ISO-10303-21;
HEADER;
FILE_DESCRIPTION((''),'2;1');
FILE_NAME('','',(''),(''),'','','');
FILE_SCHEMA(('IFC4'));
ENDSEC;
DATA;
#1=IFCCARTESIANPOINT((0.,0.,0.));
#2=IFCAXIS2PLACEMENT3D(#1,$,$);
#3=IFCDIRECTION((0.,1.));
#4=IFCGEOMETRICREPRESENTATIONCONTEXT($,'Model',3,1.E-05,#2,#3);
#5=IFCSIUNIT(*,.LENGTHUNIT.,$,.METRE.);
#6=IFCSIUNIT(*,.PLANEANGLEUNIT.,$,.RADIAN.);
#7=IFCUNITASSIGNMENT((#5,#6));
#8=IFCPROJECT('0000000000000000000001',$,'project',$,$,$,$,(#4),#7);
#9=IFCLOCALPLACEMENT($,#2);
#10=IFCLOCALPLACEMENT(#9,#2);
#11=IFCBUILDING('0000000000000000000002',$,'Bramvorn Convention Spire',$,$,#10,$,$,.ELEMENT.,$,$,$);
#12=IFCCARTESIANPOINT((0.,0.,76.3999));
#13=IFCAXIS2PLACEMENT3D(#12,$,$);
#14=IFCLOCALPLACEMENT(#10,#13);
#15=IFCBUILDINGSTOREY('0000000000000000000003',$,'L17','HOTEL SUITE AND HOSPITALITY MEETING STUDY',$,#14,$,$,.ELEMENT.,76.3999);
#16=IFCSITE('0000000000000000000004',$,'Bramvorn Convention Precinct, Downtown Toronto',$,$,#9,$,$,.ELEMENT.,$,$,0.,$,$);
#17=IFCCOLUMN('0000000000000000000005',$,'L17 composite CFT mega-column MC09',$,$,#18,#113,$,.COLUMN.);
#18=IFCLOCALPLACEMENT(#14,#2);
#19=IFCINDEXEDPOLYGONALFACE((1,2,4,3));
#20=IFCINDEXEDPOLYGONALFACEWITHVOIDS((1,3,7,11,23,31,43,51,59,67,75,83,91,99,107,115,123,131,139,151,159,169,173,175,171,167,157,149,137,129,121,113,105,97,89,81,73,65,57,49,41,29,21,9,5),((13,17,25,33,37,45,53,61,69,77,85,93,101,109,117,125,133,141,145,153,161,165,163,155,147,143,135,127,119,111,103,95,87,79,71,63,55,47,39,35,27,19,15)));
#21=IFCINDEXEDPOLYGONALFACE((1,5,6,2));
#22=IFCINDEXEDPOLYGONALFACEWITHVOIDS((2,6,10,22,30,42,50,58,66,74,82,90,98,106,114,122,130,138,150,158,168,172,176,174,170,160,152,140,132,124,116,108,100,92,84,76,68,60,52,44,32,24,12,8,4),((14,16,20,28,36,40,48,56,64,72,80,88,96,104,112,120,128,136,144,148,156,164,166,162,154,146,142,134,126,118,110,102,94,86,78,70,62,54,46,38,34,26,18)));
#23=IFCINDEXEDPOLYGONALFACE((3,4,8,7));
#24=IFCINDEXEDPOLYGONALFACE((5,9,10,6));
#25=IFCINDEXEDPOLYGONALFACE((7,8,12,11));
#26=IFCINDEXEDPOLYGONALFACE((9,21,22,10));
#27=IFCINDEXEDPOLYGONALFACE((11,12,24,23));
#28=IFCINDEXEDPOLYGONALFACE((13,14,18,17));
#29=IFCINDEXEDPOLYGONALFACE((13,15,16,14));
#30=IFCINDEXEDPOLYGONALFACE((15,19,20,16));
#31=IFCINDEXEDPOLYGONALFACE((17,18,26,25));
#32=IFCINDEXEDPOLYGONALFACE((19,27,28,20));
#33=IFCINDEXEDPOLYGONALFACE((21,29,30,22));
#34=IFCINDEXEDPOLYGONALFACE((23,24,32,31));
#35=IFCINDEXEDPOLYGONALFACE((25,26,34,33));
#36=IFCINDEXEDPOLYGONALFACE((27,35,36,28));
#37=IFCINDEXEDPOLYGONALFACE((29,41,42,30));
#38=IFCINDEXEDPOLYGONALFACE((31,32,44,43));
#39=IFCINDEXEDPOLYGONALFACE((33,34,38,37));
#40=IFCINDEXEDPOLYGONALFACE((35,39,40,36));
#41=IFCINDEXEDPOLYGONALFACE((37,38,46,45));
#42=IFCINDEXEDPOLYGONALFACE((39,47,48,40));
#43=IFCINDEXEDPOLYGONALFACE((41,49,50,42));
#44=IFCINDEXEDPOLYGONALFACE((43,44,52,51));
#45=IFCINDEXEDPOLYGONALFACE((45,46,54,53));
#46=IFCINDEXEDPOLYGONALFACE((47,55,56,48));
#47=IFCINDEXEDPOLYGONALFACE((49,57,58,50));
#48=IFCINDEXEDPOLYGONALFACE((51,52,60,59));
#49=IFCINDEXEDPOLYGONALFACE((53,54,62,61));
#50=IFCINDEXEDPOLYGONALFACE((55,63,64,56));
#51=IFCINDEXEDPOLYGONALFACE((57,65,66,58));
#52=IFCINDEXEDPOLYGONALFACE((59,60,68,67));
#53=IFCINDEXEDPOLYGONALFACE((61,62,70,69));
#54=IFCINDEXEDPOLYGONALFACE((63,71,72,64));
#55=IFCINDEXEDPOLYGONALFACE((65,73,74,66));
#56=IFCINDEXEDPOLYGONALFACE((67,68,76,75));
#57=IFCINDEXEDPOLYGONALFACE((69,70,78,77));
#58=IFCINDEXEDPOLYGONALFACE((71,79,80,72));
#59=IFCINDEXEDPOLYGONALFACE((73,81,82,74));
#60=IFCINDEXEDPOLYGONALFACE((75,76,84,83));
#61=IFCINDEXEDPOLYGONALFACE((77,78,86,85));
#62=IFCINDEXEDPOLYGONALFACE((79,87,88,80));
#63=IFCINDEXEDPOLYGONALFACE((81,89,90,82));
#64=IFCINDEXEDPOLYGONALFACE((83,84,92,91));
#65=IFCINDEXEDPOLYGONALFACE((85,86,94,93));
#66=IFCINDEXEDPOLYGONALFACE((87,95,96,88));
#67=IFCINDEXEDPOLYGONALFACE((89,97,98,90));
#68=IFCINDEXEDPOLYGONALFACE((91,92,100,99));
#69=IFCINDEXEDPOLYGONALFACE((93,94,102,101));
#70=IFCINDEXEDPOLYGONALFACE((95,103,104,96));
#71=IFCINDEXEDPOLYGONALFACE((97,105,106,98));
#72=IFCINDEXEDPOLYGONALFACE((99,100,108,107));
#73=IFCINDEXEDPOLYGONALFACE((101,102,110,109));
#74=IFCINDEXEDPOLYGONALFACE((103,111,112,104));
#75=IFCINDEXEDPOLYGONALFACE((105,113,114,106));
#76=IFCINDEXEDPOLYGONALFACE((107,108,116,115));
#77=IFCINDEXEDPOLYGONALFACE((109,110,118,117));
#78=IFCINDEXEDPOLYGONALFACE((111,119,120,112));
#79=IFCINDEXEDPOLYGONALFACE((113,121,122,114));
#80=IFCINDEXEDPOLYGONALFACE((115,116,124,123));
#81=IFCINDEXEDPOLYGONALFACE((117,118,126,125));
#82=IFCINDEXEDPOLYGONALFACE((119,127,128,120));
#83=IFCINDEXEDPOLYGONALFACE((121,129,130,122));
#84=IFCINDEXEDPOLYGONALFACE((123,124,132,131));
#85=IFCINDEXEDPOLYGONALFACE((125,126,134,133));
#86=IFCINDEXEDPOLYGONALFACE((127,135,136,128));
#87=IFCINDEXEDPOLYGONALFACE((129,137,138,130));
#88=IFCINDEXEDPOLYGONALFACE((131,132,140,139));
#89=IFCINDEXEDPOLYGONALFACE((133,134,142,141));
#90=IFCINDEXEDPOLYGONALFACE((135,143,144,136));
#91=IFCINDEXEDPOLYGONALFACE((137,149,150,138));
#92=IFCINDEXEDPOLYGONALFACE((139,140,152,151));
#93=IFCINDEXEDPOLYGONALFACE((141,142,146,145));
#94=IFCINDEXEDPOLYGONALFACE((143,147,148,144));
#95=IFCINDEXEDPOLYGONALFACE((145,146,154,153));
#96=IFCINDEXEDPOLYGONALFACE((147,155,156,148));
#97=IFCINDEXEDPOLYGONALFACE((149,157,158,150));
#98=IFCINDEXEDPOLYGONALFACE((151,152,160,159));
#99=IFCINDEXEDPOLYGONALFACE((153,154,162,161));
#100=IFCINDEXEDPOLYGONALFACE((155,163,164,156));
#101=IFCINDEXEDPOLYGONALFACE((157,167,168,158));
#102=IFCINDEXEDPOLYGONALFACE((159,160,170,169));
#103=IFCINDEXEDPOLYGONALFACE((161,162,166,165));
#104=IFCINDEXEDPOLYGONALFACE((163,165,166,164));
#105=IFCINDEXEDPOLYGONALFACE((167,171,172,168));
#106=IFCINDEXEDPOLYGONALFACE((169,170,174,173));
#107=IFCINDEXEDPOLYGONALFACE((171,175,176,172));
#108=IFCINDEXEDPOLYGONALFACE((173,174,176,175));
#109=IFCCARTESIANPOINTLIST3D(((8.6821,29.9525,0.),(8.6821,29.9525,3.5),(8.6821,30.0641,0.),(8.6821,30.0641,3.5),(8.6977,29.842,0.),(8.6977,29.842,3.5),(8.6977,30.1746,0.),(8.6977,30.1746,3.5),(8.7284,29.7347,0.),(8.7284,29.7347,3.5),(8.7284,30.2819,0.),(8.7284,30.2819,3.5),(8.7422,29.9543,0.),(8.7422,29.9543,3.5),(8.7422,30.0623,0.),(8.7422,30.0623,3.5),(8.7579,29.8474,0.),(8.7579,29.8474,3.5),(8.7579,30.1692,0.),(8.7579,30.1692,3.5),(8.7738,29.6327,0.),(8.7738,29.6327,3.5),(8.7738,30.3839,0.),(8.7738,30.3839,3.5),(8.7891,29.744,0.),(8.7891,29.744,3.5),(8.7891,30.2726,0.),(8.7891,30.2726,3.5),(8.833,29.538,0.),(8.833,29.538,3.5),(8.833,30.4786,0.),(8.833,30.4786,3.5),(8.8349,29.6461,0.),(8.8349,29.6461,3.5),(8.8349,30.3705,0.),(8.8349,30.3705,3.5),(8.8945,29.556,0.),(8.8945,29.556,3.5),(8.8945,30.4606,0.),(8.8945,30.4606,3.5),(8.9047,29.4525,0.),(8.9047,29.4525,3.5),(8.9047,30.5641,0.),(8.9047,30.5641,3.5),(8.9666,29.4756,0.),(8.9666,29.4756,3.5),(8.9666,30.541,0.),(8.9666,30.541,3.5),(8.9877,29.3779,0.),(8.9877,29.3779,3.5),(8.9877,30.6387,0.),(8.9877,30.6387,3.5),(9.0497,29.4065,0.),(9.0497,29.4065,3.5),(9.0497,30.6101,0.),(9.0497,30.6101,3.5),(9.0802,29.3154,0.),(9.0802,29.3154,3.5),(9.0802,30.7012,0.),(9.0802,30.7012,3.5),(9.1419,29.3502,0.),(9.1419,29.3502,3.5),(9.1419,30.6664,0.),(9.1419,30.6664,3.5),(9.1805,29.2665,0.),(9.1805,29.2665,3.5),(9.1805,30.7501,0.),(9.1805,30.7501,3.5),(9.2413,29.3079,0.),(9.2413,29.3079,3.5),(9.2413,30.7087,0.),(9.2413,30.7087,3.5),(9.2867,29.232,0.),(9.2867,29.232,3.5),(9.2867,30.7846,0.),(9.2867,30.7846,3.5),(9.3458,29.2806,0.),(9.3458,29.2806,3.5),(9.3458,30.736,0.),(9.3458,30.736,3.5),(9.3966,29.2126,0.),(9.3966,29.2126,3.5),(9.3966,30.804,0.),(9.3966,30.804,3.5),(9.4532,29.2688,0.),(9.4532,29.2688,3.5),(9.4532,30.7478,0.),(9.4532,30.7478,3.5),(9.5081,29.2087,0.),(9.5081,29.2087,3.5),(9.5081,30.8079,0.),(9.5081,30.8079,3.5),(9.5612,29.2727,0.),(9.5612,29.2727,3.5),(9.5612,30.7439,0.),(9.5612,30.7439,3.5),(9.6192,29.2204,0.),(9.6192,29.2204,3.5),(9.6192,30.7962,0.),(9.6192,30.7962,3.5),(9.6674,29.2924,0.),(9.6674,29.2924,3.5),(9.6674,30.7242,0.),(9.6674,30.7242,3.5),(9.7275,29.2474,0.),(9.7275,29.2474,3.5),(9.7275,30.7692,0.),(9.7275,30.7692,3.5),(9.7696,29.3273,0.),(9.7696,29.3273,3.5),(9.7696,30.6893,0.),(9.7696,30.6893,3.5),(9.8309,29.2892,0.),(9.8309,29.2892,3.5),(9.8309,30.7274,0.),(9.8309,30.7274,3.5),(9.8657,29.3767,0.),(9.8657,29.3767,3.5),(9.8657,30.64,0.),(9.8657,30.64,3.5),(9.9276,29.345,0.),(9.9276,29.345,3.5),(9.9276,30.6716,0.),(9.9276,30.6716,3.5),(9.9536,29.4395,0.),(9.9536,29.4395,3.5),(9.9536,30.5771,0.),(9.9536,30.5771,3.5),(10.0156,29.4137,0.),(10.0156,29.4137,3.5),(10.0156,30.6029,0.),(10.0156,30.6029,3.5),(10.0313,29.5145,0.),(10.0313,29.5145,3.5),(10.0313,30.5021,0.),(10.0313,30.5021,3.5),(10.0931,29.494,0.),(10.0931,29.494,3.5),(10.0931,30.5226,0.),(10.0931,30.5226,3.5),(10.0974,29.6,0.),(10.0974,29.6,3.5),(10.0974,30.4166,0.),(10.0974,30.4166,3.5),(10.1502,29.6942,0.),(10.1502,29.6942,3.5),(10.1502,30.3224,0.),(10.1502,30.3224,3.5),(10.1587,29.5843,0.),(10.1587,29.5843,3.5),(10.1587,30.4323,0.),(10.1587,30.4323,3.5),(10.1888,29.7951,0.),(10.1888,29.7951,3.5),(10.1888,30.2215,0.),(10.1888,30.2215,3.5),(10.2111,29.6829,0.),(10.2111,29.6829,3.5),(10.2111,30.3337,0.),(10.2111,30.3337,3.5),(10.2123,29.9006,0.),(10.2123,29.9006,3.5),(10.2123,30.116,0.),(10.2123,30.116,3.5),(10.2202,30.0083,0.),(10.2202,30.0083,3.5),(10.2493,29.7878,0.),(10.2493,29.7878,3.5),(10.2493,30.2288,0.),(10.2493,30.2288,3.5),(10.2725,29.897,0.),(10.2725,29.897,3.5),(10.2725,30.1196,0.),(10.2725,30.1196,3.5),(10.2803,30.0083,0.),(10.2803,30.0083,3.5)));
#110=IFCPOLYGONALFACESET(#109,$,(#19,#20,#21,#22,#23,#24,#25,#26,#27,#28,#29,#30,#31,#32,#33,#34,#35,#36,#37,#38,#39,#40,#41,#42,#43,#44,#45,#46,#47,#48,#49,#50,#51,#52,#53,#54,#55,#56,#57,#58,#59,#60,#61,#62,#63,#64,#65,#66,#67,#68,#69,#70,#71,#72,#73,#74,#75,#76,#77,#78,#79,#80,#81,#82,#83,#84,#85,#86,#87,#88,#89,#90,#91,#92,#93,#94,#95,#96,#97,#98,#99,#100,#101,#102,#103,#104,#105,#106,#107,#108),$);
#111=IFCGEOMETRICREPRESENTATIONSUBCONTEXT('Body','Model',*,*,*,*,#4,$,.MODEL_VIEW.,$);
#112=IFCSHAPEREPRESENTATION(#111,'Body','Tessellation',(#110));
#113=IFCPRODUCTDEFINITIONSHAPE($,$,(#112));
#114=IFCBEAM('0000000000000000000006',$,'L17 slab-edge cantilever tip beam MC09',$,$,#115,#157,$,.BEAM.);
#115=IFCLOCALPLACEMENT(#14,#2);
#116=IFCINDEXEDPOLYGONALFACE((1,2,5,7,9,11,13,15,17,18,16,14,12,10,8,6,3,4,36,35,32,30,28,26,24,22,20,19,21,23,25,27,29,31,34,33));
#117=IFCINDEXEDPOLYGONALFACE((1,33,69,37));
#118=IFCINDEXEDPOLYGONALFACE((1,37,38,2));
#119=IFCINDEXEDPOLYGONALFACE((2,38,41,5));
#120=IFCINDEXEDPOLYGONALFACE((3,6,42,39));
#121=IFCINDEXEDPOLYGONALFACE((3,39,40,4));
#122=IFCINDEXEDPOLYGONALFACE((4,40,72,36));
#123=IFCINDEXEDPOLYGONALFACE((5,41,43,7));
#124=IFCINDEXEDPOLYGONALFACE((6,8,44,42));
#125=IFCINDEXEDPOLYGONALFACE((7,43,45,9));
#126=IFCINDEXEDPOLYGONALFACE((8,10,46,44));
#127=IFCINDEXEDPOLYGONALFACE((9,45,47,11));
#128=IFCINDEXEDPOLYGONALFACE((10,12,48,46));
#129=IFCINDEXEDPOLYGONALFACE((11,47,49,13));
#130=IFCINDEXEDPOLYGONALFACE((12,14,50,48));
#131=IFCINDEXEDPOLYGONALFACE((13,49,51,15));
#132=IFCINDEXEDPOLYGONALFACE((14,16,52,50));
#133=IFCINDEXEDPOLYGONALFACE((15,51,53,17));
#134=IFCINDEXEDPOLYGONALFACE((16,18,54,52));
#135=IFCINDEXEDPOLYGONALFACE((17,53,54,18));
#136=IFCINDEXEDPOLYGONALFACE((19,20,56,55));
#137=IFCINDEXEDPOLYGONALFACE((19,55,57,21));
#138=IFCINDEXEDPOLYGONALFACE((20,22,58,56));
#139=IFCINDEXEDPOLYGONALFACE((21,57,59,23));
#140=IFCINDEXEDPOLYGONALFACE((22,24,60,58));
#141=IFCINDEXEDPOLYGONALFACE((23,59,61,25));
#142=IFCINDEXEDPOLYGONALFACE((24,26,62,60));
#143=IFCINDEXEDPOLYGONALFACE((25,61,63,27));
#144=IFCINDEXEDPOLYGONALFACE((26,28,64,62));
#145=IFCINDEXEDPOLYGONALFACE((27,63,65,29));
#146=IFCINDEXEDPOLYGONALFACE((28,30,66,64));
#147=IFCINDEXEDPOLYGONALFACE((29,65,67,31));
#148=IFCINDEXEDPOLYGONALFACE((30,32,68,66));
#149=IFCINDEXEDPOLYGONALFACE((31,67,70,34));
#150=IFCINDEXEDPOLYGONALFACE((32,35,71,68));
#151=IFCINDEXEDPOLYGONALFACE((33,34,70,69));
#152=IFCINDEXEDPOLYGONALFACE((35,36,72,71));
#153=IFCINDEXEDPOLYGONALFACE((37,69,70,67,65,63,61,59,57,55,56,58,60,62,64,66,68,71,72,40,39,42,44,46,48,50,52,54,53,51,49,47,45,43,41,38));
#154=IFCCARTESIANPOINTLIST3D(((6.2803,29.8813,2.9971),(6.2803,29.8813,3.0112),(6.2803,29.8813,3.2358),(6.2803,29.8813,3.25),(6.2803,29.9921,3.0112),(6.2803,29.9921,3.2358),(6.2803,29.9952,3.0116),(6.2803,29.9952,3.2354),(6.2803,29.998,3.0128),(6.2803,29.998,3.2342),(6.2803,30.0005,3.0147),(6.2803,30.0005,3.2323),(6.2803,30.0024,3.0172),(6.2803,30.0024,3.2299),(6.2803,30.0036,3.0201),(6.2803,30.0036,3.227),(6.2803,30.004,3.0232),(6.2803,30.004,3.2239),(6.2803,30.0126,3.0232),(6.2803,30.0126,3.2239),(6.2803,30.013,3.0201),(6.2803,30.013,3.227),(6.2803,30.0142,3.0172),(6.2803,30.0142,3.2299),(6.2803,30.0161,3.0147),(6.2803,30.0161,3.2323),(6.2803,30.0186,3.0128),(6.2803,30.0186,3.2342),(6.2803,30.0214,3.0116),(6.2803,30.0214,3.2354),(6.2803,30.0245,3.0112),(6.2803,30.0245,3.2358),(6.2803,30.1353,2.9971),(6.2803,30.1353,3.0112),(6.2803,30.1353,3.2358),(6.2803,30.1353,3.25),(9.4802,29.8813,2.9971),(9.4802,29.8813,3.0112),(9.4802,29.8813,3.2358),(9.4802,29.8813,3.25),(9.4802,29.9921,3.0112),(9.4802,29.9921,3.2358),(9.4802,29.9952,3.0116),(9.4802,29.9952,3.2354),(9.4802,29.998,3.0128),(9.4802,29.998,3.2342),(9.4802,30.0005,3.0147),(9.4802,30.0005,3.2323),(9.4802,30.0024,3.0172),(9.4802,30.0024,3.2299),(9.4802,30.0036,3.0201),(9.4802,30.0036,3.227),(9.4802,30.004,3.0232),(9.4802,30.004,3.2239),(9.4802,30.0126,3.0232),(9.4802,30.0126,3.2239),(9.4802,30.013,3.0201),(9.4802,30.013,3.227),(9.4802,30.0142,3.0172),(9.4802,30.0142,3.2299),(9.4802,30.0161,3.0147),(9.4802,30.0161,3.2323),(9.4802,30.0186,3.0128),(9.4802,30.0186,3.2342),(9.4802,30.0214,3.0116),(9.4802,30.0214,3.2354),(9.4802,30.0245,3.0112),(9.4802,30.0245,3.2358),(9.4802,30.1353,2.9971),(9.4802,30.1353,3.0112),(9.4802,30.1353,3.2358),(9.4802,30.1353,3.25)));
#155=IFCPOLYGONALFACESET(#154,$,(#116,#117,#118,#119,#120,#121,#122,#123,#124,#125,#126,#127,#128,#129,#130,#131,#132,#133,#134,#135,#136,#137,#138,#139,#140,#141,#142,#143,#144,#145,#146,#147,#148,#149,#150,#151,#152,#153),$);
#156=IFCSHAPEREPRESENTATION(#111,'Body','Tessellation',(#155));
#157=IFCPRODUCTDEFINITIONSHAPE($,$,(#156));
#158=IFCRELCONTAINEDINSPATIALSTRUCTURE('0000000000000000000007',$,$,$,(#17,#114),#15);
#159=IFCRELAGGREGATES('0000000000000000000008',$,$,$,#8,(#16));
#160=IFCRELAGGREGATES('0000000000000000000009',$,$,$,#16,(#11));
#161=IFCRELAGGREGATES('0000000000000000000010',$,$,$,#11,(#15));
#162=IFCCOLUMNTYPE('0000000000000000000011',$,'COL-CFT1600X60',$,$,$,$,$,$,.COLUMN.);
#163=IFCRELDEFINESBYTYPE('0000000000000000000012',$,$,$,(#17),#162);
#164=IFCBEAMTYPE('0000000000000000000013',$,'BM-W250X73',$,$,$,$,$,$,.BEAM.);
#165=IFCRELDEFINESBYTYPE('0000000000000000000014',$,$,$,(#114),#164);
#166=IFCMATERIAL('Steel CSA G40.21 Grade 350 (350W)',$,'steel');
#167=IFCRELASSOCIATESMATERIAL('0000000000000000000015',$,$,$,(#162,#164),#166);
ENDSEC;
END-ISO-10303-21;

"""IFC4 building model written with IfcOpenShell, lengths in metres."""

from ifc_helpers import new_model, si_unit, direction, frame, origin, origin_2d, place, context, subcontext, project, spatial, hollow_circle, i_section, extrude, material, material_profile, profile_set, type_object, element, save


model = new_model("IFC4")

# Units and contexts
model_context = context("Model", 3, precision=1e-05, world=origin(), true_north=direction((0.0, 1.0)))
body_context = subcontext(model_context, "Body", "Model", "MODEL_VIEW")
ifc_project = project(units=[si_unit("LENGTHUNIT", "METRE"), si_unit("PLANEANGLEUNIT", "RADIAN")], contexts=[model_context])

# Site, building, storey
site_placement = place(None, origin())
site = spatial("IfcSite", under=ifc_project, at=site_placement, Name="Bramvorn Convention Precinct, Downtown Toronto", CompositionType="ELEMENT", RefElevation=0.0)
building_placement = place(site_placement, origin())
building = spatial("IfcBuilding", under=site, at=building_placement, Name="Bramvorn Convention Spire", CompositionType="ELEMENT")
storey_placement = place(building_placement, frame((0.0, 0.0, 76.3999)))
storey = spatial("IfcBuildingStorey", under=building, at=storey_placement, Name="L17", Description="HOTEL SUITE AND HOSPITALITY MEETING STUDY", CompositionType="ELEMENT", Elevation=76.3999)

# Column
ifc_material_1 = material(Name="Steel CSA G40.21 Grade 350 (350W)", Category="steel")
ifc_material_profile_1 = material_profile(ifc_material_1, hollow_circle(Radius=0.8, WallThickness=0.0601, at=origin_2d()))
ifc_profile_set_1 = profile_set([ifc_material_profile_1], Name="Steel CSA G40.21 Grade 350 (350W) - CFT1600X60")
column_type = type_object("IfcColumnType", Name="COL-CFT1600X60", PredefinedType="COLUMN", material=ifc_profile_set_1)
column_placement = place(storey_placement, frame((9.4802, 30.0083, 0.0), z_axis=(0.0, 0.0, 1.0), x_axis=(1.0, 0.0, 0.0)))
element("IfcColumn", 1, at=column_placement, inside=storey, type_object=column_type, Name="L17 composite CFT mega-column MC09", PredefinedType="COLUMN", context=body_context, shape_type="SweptSolid", body=[
    extrude(hollow_circle(Radius=0.8, WallThickness=0.0601, at=origin_2d()), origin(), (0.0, 0.0, 1.0), 3.5),
])

# Beam
ifc_material_profile_2 = material_profile(ifc_material_1, i_section(OverallWidth=0.2539, OverallDepth=0.2529, WebThickness=0.0085, FlangeThickness=0.0142, FilletRadius=0.012, at=origin_2d()))
ifc_profile_set_2 = profile_set([ifc_material_profile_2], Name="Steel CSA G40.21 Grade 350 (350W) - W250X73")
beam_type_1 = type_object("IfcBeamType", Name="BM-W250X73", PredefinedType="BEAM", material=ifc_profile_set_2)
beam_1_placement = place(storey_placement, frame((9.4802, 30.0083, 3.1235), z_axis=(-1.0, 0.0, 0.0), x_axis=(0.0, -1.0, 0.0)))
element("IfcBeam", 2, at=beam_1_placement, inside=storey, type_object=beam_type_1, Name="L17 slab-edge cantilever tip beam MC09", PredefinedType="BEAM", context=body_context, shape_type="SweptSolid", body=[
    extrude(i_section(OverallWidth=0.2539, OverallDepth=0.2529, WebThickness=0.0085, FlangeThickness=0.0142, FilletRadius=0.012, at=origin_2d()), origin(), (0.0, 0.0, 1.0), 3.2),
])

save(model, "model.ifc")
